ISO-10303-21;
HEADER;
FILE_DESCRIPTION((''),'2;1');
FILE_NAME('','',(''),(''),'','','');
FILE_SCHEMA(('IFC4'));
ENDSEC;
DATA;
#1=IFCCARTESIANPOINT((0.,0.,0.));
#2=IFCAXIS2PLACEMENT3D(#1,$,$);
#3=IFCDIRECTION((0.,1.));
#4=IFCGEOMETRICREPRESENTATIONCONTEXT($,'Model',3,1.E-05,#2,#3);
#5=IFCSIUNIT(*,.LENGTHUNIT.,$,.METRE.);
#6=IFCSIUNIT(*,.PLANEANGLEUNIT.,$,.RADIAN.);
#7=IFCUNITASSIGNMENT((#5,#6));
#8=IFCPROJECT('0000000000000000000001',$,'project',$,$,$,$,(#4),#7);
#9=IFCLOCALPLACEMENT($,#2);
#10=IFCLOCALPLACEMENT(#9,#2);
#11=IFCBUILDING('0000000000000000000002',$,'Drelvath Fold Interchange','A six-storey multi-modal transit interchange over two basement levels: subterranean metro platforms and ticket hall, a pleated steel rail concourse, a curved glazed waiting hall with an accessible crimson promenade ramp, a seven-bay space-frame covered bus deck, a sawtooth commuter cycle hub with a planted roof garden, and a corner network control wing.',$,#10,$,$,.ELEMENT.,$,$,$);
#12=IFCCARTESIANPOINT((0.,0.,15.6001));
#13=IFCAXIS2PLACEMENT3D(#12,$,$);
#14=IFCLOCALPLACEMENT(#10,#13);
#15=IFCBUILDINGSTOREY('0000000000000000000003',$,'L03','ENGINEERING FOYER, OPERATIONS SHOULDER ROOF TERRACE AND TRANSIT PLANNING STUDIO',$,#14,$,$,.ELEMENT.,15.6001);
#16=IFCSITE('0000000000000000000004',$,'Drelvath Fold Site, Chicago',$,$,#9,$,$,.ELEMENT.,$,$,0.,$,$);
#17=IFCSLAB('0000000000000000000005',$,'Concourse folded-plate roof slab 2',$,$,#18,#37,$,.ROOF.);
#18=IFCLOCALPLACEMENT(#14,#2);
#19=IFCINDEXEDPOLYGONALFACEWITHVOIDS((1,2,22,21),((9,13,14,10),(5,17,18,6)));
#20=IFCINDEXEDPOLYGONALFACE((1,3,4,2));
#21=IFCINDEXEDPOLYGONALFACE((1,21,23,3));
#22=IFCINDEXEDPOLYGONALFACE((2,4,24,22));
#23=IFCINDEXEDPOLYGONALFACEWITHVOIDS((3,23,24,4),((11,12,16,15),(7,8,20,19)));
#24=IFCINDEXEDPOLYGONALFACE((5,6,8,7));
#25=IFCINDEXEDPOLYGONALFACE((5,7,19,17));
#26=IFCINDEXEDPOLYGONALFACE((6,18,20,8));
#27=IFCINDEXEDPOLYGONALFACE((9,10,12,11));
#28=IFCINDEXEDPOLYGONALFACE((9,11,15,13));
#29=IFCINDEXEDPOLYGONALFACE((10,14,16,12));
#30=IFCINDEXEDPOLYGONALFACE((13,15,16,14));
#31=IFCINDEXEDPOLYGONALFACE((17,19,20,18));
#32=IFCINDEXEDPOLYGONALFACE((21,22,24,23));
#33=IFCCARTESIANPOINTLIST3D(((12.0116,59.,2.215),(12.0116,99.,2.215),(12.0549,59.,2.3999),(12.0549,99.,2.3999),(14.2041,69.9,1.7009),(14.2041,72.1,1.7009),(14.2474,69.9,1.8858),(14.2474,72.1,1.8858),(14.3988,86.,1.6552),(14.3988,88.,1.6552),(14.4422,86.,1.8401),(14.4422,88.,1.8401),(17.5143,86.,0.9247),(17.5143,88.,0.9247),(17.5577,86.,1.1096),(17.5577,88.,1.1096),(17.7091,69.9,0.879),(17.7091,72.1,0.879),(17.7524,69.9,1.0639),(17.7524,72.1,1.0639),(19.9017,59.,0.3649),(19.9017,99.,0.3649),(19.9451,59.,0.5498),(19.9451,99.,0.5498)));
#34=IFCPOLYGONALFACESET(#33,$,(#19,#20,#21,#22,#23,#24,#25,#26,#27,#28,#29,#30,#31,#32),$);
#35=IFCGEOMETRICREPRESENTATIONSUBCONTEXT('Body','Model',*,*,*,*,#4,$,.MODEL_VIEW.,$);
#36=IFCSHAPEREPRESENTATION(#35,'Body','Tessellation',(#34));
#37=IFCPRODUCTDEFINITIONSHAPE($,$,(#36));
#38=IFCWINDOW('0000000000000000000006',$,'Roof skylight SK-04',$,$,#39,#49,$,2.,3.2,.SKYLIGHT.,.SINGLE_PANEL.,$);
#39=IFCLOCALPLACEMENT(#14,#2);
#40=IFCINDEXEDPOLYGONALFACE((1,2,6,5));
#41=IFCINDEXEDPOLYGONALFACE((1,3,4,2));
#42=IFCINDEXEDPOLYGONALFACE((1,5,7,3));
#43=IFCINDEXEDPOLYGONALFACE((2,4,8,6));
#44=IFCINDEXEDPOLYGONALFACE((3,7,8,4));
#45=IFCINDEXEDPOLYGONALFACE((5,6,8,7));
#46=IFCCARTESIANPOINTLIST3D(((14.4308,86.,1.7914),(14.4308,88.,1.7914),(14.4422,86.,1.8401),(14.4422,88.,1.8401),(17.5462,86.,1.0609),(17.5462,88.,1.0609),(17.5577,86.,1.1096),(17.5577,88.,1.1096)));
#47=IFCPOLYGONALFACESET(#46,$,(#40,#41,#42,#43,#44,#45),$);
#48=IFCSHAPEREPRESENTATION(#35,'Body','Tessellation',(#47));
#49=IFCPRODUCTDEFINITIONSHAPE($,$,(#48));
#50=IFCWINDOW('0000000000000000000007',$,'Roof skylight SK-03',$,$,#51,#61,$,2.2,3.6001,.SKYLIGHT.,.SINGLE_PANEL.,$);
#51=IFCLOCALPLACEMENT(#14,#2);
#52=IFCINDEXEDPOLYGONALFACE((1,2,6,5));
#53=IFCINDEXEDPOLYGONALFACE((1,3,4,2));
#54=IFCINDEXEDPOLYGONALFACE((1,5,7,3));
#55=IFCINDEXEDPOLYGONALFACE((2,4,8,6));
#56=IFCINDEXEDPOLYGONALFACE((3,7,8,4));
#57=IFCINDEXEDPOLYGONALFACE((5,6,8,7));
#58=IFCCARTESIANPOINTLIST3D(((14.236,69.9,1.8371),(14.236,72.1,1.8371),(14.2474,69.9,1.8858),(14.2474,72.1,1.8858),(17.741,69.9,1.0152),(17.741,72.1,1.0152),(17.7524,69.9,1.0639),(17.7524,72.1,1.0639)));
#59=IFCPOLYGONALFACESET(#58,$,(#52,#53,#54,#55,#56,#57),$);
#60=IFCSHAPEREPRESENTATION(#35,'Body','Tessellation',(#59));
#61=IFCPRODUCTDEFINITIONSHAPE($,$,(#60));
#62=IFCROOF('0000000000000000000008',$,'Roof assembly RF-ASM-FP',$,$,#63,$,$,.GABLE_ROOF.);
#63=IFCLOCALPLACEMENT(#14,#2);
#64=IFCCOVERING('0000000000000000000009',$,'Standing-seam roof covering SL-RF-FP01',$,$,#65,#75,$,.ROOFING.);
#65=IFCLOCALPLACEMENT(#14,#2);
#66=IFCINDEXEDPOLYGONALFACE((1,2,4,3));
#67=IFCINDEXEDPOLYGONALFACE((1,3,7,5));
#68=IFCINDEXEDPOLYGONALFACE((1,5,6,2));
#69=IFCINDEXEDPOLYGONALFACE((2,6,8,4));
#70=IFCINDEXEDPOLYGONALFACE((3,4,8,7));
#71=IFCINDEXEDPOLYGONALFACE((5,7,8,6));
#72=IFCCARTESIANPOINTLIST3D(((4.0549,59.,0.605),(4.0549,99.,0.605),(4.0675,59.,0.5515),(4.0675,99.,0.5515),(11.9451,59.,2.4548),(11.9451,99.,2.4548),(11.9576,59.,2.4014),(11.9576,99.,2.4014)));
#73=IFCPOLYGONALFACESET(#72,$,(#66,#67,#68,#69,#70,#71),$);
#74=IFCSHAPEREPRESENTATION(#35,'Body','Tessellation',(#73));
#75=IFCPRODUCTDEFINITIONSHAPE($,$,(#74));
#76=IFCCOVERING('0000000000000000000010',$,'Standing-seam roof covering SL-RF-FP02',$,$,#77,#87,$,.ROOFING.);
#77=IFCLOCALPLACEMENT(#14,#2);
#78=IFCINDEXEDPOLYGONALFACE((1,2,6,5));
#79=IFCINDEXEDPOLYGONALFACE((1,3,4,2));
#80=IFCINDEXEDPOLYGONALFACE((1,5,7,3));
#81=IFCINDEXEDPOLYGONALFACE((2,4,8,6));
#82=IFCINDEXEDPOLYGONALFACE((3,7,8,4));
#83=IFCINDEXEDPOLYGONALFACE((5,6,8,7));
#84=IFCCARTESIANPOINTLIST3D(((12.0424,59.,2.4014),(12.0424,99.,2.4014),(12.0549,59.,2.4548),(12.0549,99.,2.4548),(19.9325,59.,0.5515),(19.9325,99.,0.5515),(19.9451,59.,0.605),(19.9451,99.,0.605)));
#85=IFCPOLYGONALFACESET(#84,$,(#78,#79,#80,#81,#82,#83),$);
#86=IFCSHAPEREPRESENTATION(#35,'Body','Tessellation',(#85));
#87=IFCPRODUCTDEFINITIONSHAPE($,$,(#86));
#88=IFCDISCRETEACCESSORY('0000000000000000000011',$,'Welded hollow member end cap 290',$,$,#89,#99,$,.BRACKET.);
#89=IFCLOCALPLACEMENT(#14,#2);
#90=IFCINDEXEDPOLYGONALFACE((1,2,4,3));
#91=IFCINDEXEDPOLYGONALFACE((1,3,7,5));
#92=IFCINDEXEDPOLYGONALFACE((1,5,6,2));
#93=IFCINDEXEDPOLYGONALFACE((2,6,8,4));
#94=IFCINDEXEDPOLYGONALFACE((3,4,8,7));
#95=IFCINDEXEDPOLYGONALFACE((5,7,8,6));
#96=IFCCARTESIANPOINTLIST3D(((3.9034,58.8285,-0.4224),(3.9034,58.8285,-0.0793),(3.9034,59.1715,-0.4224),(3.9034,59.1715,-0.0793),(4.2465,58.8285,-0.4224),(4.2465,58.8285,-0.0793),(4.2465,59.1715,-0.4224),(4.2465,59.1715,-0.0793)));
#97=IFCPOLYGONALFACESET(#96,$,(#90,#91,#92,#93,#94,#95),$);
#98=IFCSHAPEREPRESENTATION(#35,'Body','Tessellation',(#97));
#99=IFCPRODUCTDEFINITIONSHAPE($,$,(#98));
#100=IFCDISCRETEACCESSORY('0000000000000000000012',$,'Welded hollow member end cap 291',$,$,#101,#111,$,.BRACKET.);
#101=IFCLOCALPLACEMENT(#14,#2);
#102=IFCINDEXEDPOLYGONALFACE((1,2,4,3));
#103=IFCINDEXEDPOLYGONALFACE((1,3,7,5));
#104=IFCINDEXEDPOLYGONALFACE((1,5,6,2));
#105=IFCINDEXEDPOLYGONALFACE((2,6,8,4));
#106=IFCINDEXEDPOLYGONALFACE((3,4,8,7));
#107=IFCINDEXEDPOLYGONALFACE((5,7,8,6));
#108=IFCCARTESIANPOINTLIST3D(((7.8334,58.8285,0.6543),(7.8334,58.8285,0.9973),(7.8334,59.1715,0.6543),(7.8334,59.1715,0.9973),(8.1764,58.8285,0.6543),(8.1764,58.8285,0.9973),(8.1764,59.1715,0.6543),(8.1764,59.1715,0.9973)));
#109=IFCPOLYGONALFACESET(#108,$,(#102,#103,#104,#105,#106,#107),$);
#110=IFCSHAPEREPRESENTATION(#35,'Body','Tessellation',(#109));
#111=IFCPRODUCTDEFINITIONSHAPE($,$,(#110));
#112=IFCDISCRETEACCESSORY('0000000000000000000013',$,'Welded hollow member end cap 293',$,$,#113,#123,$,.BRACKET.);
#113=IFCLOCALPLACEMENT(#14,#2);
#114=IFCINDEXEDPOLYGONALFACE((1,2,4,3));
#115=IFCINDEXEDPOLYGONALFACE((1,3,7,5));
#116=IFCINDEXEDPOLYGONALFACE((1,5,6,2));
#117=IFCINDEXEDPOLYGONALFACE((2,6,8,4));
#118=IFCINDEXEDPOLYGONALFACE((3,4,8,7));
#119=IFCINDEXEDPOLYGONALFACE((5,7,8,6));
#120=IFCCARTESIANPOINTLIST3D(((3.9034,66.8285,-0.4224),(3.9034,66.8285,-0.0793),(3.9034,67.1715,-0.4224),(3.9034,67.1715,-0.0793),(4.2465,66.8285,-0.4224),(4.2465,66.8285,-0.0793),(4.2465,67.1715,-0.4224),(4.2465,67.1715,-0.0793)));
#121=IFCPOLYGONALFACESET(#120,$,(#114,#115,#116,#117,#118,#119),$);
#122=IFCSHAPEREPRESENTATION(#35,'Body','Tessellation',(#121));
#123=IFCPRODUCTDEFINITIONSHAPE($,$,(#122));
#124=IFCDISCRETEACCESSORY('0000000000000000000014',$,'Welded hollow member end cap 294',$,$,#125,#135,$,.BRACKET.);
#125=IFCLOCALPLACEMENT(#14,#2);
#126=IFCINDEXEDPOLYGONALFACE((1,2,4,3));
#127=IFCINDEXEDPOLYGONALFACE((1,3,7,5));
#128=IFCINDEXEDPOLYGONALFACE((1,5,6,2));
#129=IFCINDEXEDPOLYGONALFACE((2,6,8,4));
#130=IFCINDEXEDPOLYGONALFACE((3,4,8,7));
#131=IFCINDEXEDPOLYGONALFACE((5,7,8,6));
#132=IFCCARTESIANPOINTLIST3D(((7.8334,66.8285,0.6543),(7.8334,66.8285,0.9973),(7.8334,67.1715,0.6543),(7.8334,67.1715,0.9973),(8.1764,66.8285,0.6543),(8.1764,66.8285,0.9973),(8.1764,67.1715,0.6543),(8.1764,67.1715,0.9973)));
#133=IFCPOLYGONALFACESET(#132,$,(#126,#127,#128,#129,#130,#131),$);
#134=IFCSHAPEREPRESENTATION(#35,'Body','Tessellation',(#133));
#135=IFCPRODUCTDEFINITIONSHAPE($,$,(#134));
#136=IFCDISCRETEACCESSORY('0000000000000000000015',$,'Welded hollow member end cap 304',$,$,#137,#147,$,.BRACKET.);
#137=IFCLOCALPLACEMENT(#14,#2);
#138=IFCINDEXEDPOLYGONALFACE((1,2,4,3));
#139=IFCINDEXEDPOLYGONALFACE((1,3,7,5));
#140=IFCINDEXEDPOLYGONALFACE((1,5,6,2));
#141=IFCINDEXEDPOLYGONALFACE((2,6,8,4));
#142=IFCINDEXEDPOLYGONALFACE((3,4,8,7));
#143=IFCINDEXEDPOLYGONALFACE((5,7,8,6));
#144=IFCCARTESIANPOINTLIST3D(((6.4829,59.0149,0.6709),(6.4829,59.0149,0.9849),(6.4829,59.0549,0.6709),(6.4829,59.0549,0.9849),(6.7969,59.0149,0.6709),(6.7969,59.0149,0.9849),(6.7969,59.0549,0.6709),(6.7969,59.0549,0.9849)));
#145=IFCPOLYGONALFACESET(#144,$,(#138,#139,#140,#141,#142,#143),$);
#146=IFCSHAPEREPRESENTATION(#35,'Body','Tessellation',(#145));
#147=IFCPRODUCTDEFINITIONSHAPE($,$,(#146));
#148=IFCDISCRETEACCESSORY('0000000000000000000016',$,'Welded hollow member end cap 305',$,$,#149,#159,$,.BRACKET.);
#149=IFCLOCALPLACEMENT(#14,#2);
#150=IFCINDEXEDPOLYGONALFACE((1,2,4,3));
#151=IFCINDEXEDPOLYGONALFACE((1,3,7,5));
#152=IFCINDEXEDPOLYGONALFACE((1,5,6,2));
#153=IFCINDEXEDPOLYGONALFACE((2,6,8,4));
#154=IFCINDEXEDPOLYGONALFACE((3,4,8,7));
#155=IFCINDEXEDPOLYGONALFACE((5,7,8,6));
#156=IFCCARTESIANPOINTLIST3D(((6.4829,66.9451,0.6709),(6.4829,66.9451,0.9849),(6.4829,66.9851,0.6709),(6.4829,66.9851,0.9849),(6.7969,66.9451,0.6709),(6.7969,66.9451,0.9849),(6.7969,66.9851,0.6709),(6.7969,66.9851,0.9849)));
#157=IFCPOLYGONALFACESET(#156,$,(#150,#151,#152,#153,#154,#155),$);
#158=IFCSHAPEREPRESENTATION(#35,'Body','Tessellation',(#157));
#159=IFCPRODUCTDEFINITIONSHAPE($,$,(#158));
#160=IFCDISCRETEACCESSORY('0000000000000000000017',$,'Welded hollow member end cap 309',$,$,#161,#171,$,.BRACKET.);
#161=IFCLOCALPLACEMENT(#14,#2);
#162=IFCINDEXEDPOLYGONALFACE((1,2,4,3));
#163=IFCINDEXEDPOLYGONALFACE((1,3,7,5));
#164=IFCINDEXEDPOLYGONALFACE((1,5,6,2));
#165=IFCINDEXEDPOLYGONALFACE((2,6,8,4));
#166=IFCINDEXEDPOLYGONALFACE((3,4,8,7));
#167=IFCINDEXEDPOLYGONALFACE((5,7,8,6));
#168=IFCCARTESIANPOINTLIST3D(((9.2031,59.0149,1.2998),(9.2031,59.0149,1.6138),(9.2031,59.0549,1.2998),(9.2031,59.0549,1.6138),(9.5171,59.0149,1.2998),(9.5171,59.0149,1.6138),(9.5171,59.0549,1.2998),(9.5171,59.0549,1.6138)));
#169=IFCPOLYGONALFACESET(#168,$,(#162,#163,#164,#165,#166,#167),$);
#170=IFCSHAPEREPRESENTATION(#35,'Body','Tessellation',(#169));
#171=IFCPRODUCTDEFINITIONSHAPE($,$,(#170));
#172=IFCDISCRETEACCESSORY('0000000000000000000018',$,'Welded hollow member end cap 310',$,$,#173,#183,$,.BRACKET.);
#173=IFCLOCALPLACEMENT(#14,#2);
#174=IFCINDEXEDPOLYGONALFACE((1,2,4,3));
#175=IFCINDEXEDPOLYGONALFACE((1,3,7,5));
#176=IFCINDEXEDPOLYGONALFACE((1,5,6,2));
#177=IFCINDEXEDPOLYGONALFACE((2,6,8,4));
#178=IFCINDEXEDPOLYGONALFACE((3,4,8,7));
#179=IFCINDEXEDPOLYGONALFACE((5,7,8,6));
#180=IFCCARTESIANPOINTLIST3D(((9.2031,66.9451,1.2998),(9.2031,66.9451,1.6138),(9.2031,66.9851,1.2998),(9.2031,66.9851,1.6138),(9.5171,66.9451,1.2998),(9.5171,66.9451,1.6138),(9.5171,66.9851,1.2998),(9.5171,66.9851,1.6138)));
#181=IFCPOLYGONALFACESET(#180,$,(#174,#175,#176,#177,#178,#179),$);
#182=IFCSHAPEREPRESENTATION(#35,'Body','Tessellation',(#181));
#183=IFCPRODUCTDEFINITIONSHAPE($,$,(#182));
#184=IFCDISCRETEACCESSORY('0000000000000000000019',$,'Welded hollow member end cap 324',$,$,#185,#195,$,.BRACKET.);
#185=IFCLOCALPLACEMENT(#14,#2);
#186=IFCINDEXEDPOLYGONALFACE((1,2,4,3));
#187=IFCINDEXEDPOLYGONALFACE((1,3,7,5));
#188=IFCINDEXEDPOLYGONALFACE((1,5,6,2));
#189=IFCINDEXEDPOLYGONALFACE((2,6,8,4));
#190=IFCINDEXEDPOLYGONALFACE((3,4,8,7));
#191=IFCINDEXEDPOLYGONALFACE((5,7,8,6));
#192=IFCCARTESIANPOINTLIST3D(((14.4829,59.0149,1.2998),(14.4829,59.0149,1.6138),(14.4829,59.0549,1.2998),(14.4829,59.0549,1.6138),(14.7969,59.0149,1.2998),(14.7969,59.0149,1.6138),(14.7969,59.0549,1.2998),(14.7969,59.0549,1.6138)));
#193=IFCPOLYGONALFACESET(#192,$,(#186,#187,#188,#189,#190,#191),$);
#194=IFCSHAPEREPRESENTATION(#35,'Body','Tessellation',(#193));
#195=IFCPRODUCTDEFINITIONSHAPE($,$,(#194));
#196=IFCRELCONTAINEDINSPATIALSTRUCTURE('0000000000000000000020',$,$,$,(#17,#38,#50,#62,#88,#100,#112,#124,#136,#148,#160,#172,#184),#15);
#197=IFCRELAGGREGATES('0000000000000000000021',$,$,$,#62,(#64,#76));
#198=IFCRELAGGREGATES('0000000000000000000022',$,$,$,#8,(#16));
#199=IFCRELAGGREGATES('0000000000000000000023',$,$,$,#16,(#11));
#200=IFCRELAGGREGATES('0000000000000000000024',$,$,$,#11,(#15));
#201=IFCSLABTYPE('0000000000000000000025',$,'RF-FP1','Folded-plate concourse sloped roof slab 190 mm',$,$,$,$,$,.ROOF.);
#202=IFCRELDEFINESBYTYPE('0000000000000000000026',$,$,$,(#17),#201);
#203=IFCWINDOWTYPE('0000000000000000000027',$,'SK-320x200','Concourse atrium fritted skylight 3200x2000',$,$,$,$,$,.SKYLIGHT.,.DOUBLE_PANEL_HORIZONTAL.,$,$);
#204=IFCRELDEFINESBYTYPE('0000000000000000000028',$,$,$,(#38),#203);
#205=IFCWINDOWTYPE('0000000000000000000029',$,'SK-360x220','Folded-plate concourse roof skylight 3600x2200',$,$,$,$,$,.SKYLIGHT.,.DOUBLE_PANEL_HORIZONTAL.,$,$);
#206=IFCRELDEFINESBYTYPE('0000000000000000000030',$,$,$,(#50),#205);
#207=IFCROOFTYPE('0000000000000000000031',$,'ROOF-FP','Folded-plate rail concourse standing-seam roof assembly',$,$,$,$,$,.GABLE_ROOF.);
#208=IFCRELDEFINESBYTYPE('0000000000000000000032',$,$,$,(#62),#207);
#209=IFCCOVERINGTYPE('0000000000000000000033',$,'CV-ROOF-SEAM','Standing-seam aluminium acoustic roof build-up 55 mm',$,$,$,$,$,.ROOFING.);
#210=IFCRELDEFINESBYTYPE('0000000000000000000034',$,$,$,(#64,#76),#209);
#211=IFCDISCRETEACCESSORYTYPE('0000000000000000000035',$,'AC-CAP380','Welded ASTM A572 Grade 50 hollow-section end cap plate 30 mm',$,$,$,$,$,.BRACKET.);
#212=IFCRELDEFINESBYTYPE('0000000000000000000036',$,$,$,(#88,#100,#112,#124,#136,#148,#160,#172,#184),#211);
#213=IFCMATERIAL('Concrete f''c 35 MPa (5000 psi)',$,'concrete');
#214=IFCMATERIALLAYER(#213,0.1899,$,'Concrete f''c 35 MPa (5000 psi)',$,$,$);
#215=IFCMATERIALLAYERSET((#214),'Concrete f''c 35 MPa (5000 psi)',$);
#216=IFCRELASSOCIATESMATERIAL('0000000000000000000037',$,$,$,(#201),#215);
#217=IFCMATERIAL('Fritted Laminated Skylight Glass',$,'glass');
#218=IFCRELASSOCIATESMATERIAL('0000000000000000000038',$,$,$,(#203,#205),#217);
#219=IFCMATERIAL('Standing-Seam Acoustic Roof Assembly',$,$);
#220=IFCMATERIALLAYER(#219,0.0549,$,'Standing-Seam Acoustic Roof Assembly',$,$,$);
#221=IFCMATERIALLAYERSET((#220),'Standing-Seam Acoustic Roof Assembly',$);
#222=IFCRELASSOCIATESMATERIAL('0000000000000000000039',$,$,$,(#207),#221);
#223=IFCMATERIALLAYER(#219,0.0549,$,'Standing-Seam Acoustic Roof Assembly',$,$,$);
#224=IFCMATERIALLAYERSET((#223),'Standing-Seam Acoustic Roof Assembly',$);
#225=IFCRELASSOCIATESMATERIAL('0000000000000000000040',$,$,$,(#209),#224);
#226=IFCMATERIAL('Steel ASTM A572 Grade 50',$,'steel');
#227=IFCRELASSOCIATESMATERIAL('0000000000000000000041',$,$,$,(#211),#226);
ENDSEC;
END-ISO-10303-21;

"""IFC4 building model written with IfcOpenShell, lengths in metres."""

from ifc_helpers import new_model, si_unit, direction, frame, origin, origin_2d, place, context, subcontext, project, spatial, polyline, rectangle, outline, extrude, material, layer, layer_set, type_object, element, fill, aggregate, save


model = new_model("IFC4")

# Units and contexts
model_context = context("Model", 3, precision=1e-05, world=origin(), true_north=direction((0.0, 1.0)))
body_context = subcontext(model_context, "Body", "Model", "MODEL_VIEW")
ifc_project = project(units=[si_unit("LENGTHUNIT", "METRE"), si_unit("PLANEANGLEUNIT", "RADIAN")], contexts=[model_context])

# Site, building, storey
site_placement = place(None, origin())
site = spatial("IfcSite", under=ifc_project, at=site_placement, Name="Drelvath Fold Site, Chicago", CompositionType="ELEMENT", RefElevation=0.0)
building_placement = place(site_placement, origin())
building = spatial("IfcBuilding", under=site, at=building_placement, Name="Drelvath Fold Interchange", Description="A six-storey multi-modal transit interchange over two basement levels: subterranean metro platforms and ticket hall, a pleated steel rail concourse, a curved glazed waiting hall with an accessible crimson promenade ramp, a seven-bay space-frame covered bus deck, a sawtooth commuter cycle hub with a planted roof garden, and a corner network control wing.", CompositionType="ELEMENT")
storey_placement = place(building_placement, frame((0.0, 0.0, 15.6001)))
storey = spatial("IfcBuildingStorey", under=building, at=storey_placement, Name="L03", Description="ENGINEERING FOYER, OPERATIONS SHOULDER ROOF TERRACE AND TRANSIT PLANNING STUDIO", CompositionType="ELEMENT", Elevation=15.6001)

# Slab, openings, windows
ifc_material_1 = material(Name="Concrete f'c 35 MPa (5000 psi)", Category="concrete")
ifc_layer_1 = layer(ifc_material_1, 0.1899, Name="Concrete f'c 35 MPa (5000 psi)")
ifc_layer_set_1 = layer_set([ifc_layer_1], Name="Concrete f'c 35 MPa (5000 psi)")
slab_type = type_object("IfcSlabType", Name="RF-FP1", Description="Folded-plate concourse sloped roof slab 190 mm", PredefinedType="ROOF", material=ifc_layer_set_1)
slab_placement = place(storey_placement, frame((12.0549, 59.0, 2.3999), z_axis=(0.22829, 0.0, 0.973593), x_axis=(0.973593, 0.0, -0.22829)))
slab = element("IfcSlab", 1, at=slab_placement, inside=storey, type_object=slab_type, Name="Concourse folded-plate roof slab 2", PredefinedType="ROOF", context=body_context, shape_type="SweptSolid", body=[
    extrude(outline(polyline([(0.0, 0.0), (8.1041, 0.0), (8.1041, 40.0), (0.0, 40.0), (0.0, 0.0)])), origin(), (0.0, 0.0, -1.0), 0.1899),
])
opening_1_placement = place(slab_placement, frame((4.052, 12.0, 0.01)))
opening_1 = element("IfcOpeningElement", 2, at=opening_1_placement, cuts=slab, PredefinedType="OPENING", context=body_context, shape_type="SweptSolid", body=[
    extrude(rectangle(XDim=3.6001, YDim=2.2, at=origin_2d()), origin(), (0.0, 0.0, -1.0), 0.21),
])
opening_2_placement = place(slab_placement, frame((4.052, 28.0, 0.01)))
opening_2 = element("IfcOpeningElement", 3, at=opening_2_placement, cuts=slab, PredefinedType="OPENING", context=body_context, shape_type="SweptSolid", body=[
    extrude(rectangle(XDim=3.2, YDim=2.0, at=origin_2d()), origin(), (0.0, 0.0, -1.0), 0.21),
])
ifc_material_2 = material(Name="Fritted Laminated Skylight Glass", Category="glass")
window_type_1 = type_object("IfcWindowType", Name="SK-320x200", Description="Concourse atrium fritted skylight 3200x2000", PartitioningType="DOUBLE_PANEL_HORIZONTAL", PredefinedType="SKYLIGHT", material=ifc_material_2)
window_1_placement = place(slab_placement, frame((4.052, 28.0, 0.0)))
window_1 = element("IfcWindow", 4, at=window_1_placement, inside=storey, type_object=window_type_1, Name="Roof skylight SK-04", OverallHeight=2.0, OverallWidth=3.2, PartitioningType="SINGLE_PANEL", PredefinedType="SKYLIGHT", context=body_context, shape_type="SweptSolid", body=[
    extrude(rectangle(XDim=3.2, YDim=2.0, at=origin_2d()), origin(), (0.0, 0.0, -1.0), 0.05),
])
fill(opening_2, window_1)
window_type_2 = type_object("IfcWindowType", Name="SK-360x220", Description="Folded-plate concourse roof skylight 3600x2200", PartitioningType="DOUBLE_PANEL_HORIZONTAL", PredefinedType="SKYLIGHT", material=ifc_material_2)
window_2_placement = place(slab_placement, frame((4.052, 12.0, 0.0)))
window_2 = element("IfcWindow", 5, at=window_2_placement, inside=storey, type_object=window_type_2, Name="Roof skylight SK-03", OverallHeight=2.2, OverallWidth=3.6001, PartitioningType="SINGLE_PANEL", PredefinedType="SKYLIGHT", context=body_context, shape_type="SweptSolid", body=[
    extrude(rectangle(XDim=3.6001, YDim=2.2, at=origin_2d()), origin(), (0.0, 0.0, -1.0), 0.05),
])
fill(opening_1, window_2)

# Roof, coverings
ifc_material_3 = material(Name="Standing-Seam Acoustic Roof Assembly")
ifc_layer_2 = layer(ifc_material_3, 0.0549, Name="Standing-Seam Acoustic Roof Assembly")
ifc_layer_set_2 = layer_set([ifc_layer_2], Name="Standing-Seam Acoustic Roof Assembly")
roof_type = type_object("IfcRoofType", Name="ROOF-FP", Description="Folded-plate rail concourse standing-seam roof assembly", PredefinedType="GABLE_ROOF", material=ifc_layer_set_2)
roof_placement = place(storey_placement, origin())
roof = element("IfcRoof", 6, at=roof_placement, inside=storey, type_object=roof_type, Name="Roof assembly RF-ASM-FP", PredefinedType="GABLE_ROOF")
ifc_layer_3 = layer(ifc_material_3, 0.0549, Name="Standing-Seam Acoustic Roof Assembly")
ifc_layer_set_3 = layer_set([ifc_layer_3], Name="Standing-Seam Acoustic Roof Assembly")
covering_type = type_object("IfcCoveringType", Name="CV-ROOF-SEAM", Description="Standing-seam aluminium acoustic roof build-up 55 mm", PredefinedType="ROOFING", material=ifc_layer_set_3)
covering_1_placement = place(storey_placement, frame((4.0549, 59.0, 0.605), z_axis=(-0.228262, 0.0, 0.9736), x_axis=(0.9736, 0.0, 0.228262)))
covering_1 = element("IfcCovering", 7, at=covering_1_placement, type_object=covering_type, Name="Standing-seam roof covering SL-RF-FP01", PredefinedType="ROOFING", context=body_context, shape_type="SweptSolid", body=[
    extrude(outline(polyline([(0.0, 0.0), (8.1041, 0.0), (8.1041, 40.0), (0.0, 40.0), (0.0, 0.0)])), origin(), (0.0, 0.0, -1.0), 0.0549),
])
covering_2_placement = place(storey_placement, frame((12.0549, 59.0, 2.4548), z_axis=(0.228262, 0.0, 0.9736), x_axis=(0.9736, 0.0, -0.228262)))
covering_2 = element("IfcCovering", 8, at=covering_2_placement, type_object=covering_type, Name="Standing-seam roof covering SL-RF-FP02", PredefinedType="ROOFING", context=body_context, shape_type="SweptSolid", body=[
    extrude(outline(polyline([(0.0, 0.0), (8.1041, 0.0), (8.1041, 40.0), (0.0, 40.0), (0.0, 0.0)])), origin(), (0.0, 0.0, -1.0), 0.0549),
])
aggregate(roof, [covering_1, covering_2])

# Discrete accessories
ifc_material_4 = material(Name="Steel ASTM A572 Grade 50", Category="steel")
discrete_accessory_type = type_object("IfcDiscreteAccessoryType", Name="AC-CAP380", Description="Welded ASTM A572 Grade 50 hollow-section end cap plate 30 mm", PredefinedType="BRACKET", material=ifc_material_4)
for number, where, z_axis, x_axis, name in (
    (9, (4.075, 59.0, -0.4224), (0.0, 0.0, 1.0), (1.0, 0.0, 0.0), "Welded hollow member end cap 290"),
    (10, (8.0049, 59.0, 0.6543), (0.0, 0.0, 1.0), (1.0, 0.0, 0.0), "Welded hollow member end cap 291"),
    (11, (4.075, 67.0, -0.4224), (0.0, 0.0, 1.0), (1.0, 0.0, 0.0), "Welded hollow member end cap 293"),
    (12, (8.0049, 67.0, 0.6543), (0.0, 0.0, 1.0), (1.0, 0.0, 0.0), "Welded hollow member end cap 294"),
):
    element("IfcDiscreteAccessory", number, at=place(storey_placement, frame(where, z_axis=z_axis, x_axis=x_axis)), inside=storey, type_object=discrete_accessory_type, Name=name, PredefinedType="BRACKET", context=body_context, shape_type="SweptSolid", body=[
        extrude(rectangle(XDim=0.343, YDim=0.343, at=origin_2d()), origin(), (0.0, 0.0, 1.0), 0.343),
    ])
for number, where, z_axis, x_axis, name in (
    (13, (6.6399, 59.0349, 0.6709), (0.0, 0.0, 1.0), (1.0, 0.0, 0.0), "Welded hollow member end cap 304"),
    (14, (6.6399, 66.9651, 0.6709), (0.0, 0.0, 1.0), (1.0, 0.0, 0.0), "Welded hollow member end cap 305"),
    (15, (9.3601, 59.0349, 1.2998), (0.0, 0.0, 1.0), (1.0, 0.0, 0.0), "Welded hollow member end cap 309"),
    (16, (9.3601, 66.9651, 1.2998), (0.0, 0.0, 1.0), (1.0, 0.0, 0.0), "Welded hollow member end cap 310"),
    (17, (14.6399, 59.0349, 1.2998), (0.0, 0.0, 1.0), (1.0, 0.0, 0.0), "Welded hollow member end cap 324"),
):
    element("IfcDiscreteAccessory", number, at=place(storey_placement, frame(where, z_axis=z_axis, x_axis=x_axis)), inside=storey, type_object=discrete_accessory_type, Name=name, PredefinedType="BRACKET", context=body_context, shape_type="SweptSolid", body=[
        extrude(rectangle(XDim=0.314, YDim=0.04, at=origin_2d()), origin(), (0.0, 0.0, 1.0), 0.314),
    ])

save(model, "model.ifc")
